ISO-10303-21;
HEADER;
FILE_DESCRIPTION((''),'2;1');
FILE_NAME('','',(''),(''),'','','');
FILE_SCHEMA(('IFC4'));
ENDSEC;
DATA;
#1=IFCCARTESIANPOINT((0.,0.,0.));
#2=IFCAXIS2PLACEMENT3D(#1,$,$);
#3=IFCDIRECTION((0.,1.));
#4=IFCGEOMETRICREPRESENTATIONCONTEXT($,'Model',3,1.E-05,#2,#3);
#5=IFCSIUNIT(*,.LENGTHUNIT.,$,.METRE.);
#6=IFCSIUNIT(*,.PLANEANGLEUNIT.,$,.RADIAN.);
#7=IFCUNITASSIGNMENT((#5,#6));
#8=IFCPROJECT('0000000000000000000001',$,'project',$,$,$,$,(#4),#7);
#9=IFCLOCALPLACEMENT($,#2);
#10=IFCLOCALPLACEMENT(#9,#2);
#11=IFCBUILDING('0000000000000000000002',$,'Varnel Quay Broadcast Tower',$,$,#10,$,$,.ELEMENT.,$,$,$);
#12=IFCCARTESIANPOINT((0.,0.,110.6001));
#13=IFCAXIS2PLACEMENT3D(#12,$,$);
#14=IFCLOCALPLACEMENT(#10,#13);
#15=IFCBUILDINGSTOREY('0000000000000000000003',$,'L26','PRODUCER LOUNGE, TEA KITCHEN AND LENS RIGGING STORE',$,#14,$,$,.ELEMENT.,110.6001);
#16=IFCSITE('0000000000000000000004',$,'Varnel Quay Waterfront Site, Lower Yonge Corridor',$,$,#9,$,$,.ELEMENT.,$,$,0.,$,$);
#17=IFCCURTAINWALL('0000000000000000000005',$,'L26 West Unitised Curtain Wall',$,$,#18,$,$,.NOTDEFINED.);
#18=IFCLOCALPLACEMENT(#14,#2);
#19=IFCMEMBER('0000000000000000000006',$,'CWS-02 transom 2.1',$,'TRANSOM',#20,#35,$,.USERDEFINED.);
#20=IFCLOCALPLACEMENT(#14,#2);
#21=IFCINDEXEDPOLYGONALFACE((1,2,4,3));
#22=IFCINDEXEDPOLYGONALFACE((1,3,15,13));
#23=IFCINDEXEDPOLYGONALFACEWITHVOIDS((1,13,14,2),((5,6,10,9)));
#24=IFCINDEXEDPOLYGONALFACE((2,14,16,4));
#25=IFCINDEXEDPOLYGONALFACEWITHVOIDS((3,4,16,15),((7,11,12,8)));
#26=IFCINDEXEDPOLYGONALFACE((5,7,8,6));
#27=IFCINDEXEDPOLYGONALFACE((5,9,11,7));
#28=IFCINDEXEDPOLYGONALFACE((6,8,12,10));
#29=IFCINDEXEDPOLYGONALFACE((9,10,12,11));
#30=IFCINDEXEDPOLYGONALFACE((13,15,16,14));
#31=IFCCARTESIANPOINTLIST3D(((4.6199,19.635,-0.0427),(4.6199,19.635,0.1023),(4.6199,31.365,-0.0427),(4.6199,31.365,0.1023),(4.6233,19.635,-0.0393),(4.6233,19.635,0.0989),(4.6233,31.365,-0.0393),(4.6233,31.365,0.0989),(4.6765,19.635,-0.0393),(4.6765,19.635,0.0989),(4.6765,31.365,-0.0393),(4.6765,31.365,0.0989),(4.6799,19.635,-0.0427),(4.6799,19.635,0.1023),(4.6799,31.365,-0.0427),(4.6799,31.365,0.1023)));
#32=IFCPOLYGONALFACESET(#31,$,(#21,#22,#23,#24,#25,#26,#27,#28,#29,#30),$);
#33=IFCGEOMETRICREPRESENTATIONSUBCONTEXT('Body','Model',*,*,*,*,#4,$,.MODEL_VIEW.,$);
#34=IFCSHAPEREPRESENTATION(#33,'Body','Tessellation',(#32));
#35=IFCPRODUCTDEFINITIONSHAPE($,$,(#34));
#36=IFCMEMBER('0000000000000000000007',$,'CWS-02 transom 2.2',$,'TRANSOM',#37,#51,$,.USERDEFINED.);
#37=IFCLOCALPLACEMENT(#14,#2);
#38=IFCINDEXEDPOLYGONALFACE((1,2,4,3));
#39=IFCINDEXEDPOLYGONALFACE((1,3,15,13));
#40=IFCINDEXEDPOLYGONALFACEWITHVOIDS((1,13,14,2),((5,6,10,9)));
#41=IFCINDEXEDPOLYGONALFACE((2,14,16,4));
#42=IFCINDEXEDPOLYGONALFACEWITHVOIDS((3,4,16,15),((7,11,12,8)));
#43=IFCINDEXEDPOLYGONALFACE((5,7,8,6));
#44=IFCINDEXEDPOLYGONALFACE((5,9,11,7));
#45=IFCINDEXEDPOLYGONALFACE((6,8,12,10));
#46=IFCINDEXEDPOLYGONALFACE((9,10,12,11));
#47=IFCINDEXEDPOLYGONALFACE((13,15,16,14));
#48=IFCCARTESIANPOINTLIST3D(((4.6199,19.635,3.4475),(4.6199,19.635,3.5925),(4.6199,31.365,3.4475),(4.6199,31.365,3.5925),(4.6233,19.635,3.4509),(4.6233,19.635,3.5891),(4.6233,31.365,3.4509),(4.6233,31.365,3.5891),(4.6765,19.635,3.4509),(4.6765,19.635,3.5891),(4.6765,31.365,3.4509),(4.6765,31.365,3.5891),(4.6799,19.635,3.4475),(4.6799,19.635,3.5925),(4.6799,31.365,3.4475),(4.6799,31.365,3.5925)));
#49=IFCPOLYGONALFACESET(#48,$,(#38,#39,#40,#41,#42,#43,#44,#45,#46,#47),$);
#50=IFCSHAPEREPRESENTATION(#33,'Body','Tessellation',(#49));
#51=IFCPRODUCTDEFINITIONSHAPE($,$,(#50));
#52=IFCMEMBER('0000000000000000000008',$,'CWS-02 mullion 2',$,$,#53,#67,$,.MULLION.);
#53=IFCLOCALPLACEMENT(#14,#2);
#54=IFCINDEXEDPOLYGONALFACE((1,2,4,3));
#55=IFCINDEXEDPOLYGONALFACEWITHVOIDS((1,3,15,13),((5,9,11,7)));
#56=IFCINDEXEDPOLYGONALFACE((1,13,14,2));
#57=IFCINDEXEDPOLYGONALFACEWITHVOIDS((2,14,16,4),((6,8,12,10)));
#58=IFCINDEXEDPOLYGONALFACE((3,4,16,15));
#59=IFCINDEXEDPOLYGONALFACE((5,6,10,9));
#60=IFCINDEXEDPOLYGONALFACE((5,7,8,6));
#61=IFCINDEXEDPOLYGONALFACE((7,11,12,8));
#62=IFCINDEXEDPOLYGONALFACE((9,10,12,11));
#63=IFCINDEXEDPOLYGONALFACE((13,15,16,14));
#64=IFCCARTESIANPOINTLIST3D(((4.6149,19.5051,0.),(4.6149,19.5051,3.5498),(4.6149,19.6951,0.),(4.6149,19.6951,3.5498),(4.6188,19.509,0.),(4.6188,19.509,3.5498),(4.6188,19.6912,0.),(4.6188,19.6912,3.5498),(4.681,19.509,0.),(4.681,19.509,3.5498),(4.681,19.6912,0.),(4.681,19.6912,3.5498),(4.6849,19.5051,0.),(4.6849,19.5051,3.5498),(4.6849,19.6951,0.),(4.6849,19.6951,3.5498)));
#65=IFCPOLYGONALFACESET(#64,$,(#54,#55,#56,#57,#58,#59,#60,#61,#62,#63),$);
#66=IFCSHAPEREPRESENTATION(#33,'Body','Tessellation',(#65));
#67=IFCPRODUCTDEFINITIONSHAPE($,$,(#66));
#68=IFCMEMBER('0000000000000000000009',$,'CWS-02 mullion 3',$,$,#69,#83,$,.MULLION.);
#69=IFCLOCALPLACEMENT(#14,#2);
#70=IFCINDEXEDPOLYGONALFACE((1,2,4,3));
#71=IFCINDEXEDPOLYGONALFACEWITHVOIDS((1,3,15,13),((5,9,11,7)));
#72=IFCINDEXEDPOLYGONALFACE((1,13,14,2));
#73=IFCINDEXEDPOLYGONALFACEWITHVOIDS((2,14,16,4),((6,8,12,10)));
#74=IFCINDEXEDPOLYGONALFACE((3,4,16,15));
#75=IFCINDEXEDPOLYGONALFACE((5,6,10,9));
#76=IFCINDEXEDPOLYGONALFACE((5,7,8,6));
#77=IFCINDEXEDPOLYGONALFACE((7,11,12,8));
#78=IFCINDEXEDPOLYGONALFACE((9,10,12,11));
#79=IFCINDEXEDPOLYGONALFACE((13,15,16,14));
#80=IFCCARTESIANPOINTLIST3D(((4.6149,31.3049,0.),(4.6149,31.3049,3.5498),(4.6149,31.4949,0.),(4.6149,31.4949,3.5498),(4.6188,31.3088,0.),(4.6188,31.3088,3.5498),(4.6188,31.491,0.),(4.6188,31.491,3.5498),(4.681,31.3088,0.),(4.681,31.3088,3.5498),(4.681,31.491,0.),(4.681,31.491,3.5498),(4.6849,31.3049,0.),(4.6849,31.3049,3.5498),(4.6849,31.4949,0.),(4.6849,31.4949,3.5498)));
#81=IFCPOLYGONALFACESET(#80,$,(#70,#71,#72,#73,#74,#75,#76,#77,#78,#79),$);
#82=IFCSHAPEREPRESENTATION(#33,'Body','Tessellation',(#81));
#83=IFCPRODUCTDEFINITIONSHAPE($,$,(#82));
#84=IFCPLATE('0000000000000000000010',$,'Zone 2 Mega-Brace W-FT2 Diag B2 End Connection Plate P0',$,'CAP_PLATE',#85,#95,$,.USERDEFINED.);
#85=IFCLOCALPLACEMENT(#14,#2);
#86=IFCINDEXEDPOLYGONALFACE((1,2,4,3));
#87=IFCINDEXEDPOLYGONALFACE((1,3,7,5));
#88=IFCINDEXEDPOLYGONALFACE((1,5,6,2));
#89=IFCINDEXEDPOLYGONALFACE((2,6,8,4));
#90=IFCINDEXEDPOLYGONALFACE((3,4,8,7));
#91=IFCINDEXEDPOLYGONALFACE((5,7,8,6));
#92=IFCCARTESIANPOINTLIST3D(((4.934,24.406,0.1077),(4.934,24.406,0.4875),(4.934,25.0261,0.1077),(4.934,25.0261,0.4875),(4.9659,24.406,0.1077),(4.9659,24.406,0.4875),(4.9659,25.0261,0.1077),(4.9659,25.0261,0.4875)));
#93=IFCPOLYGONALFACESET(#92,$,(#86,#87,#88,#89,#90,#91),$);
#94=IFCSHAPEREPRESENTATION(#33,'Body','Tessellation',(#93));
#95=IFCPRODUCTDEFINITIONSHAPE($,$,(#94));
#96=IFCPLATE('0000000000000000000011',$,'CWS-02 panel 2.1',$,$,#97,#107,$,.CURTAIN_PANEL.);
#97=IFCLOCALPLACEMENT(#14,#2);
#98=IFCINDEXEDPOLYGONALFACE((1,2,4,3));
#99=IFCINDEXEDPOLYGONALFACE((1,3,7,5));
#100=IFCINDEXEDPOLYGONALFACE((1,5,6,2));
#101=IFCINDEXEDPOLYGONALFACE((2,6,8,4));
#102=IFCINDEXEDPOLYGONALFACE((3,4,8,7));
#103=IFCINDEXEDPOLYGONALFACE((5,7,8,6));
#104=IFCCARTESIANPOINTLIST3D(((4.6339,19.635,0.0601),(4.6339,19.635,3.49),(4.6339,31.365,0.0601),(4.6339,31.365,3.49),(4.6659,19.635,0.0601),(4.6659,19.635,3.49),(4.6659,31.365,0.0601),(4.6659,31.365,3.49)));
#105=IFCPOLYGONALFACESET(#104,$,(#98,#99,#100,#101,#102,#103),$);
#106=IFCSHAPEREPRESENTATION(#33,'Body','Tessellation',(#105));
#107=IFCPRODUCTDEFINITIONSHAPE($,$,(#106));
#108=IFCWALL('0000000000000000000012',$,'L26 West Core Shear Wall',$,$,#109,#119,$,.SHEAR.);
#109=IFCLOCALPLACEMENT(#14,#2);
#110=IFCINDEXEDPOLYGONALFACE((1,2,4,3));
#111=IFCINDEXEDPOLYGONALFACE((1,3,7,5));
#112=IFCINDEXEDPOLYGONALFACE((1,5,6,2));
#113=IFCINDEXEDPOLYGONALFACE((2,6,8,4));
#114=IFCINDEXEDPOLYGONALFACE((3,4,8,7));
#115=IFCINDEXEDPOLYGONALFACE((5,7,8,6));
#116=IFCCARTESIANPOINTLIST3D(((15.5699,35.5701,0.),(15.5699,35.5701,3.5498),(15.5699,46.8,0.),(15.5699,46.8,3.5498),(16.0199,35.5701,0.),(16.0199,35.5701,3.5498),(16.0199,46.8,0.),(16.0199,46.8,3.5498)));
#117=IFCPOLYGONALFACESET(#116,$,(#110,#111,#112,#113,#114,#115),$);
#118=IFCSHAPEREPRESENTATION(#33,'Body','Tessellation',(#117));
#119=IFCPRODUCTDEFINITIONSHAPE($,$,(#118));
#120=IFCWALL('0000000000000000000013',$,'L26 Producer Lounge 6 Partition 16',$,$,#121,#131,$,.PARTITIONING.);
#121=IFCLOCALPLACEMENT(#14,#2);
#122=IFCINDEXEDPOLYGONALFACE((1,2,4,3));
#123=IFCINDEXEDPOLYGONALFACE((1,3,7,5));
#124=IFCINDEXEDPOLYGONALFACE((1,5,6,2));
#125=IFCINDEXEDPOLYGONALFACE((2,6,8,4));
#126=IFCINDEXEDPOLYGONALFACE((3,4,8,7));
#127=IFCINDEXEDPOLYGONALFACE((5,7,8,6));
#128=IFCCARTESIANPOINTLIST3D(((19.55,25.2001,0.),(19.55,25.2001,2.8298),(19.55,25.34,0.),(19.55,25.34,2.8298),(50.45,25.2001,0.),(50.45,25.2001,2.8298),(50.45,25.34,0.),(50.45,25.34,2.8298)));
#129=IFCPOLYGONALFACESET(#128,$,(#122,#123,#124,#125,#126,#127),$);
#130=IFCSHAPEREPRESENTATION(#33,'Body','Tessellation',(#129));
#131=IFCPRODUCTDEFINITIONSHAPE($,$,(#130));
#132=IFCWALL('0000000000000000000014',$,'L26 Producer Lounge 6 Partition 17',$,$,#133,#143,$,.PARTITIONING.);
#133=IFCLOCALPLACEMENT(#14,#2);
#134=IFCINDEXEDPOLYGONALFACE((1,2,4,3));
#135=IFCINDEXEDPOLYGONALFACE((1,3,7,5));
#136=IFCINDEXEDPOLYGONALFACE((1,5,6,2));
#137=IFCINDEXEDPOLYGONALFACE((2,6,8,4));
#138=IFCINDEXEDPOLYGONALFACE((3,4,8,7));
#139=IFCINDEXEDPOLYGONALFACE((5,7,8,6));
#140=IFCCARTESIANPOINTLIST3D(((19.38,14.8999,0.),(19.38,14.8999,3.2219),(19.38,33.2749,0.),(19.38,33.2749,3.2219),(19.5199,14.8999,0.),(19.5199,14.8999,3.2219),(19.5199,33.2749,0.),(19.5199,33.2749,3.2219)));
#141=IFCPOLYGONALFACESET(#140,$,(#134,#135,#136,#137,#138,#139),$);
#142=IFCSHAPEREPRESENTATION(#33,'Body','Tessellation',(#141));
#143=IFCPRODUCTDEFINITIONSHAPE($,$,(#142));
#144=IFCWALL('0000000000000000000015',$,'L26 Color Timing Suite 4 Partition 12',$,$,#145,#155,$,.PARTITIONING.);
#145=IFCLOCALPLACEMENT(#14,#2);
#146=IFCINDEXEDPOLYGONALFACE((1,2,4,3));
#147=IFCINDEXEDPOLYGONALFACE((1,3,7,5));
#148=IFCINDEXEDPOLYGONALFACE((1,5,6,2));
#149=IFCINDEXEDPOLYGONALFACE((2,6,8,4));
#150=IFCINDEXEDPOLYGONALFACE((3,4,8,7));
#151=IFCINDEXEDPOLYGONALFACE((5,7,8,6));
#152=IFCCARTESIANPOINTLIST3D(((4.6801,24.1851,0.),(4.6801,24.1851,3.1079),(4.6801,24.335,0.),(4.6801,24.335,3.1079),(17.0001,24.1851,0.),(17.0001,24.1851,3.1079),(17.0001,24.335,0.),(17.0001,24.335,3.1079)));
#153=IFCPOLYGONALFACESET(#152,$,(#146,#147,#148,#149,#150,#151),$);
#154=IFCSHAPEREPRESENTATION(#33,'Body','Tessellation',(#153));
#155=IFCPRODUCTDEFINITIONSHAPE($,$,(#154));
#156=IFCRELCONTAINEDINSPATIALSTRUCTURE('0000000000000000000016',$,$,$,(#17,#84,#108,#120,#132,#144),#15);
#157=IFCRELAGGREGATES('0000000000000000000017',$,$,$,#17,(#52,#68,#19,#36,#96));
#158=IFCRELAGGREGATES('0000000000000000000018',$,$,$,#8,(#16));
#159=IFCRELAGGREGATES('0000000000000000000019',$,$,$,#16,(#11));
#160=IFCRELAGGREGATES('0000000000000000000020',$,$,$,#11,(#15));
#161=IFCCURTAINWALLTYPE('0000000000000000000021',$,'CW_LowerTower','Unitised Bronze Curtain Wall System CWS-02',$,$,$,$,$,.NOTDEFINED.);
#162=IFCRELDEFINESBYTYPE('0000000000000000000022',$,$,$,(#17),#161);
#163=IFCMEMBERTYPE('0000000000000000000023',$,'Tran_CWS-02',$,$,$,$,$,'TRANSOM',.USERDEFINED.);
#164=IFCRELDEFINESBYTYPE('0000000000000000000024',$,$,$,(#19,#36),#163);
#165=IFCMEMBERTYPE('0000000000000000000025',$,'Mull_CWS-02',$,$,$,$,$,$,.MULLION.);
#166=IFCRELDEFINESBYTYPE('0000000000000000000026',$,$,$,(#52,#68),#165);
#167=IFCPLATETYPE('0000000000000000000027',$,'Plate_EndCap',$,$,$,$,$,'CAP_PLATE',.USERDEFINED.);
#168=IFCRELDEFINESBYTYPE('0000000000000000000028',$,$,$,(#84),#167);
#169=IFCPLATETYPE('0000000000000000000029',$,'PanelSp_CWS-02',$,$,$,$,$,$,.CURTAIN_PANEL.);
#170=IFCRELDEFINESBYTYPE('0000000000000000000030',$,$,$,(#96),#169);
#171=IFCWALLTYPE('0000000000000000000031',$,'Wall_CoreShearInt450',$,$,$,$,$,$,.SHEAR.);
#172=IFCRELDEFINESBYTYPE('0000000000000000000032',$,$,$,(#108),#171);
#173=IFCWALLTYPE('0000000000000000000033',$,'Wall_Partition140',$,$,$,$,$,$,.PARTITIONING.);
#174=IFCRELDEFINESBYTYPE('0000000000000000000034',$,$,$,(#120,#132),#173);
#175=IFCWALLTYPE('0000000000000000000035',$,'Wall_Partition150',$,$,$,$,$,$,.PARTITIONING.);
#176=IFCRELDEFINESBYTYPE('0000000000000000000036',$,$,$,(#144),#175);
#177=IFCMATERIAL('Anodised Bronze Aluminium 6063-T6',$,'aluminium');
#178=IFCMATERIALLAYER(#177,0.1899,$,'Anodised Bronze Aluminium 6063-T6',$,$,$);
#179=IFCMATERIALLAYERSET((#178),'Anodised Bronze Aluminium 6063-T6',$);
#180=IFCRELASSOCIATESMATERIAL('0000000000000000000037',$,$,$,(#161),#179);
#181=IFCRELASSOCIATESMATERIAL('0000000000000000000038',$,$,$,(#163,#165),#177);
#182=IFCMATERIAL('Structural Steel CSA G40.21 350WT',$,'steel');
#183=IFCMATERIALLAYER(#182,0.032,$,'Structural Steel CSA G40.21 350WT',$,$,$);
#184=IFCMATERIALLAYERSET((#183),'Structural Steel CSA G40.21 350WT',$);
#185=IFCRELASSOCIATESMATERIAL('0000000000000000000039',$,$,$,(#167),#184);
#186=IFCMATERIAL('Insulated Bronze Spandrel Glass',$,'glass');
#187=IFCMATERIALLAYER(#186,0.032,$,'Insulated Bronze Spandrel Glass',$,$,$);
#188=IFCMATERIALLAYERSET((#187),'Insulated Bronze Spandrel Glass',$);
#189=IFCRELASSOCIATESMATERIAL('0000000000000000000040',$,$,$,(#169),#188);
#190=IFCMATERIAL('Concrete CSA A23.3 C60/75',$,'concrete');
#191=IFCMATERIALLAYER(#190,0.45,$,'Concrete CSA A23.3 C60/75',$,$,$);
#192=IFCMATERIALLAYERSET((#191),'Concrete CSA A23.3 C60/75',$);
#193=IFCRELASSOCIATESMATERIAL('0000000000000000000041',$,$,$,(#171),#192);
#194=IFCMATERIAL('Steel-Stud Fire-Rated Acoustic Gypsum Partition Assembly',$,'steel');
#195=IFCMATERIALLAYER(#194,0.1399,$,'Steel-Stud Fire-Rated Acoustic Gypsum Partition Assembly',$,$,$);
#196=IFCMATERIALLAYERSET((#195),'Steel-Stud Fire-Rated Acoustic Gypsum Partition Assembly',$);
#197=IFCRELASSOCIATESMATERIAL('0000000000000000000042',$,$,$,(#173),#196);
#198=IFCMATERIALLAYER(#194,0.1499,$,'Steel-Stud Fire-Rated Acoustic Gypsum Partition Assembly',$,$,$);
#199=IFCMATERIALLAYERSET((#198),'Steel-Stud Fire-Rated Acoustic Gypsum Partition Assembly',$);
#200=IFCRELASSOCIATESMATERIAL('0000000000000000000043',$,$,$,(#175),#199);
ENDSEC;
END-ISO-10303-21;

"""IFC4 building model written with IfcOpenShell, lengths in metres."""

from ifc_helpers import new_model, si_unit, direction, frame, frame_2d, origin, origin_2d, place, context, subcontext, project, spatial, rectangle, hollow_rectangle, extrude, source, transform, mapped, material, layer, layer_set, material_profile, profile_set, type_object, type_shapes, element, aggregate, save


model = new_model("IFC4")

# Units and contexts
model_context = context("Model", 3, precision=1e-05, world=origin(), true_north=direction((0.0, 1.0)))
body_context = subcontext(model_context, "Body", "Model", "MODEL_VIEW")
ifc_project = project(units=[si_unit("LENGTHUNIT", "METRE"), si_unit("PLANEANGLEUNIT", "RADIAN")], contexts=[model_context])

# Site, building, storey
site_placement = place(None, origin())
site = spatial("IfcSite", under=ifc_project, at=site_placement, Name="Varnel Quay Waterfront Site, Lower Yonge Corridor", CompositionType="ELEMENT", RefElevation=0.0)
building_placement = place(site_placement, origin())
building = spatial("IfcBuilding", under=site, at=building_placement, Name="Varnel Quay Broadcast Tower", CompositionType="ELEMENT")
storey_placement = place(building_placement, frame((0.0, 0.0, 110.6001)))
storey = spatial("IfcBuildingStorey", under=building, at=storey_placement, Name="L26", Description="PRODUCER LOUNGE, TEA KITCHEN AND LENS RIGGING STORE", CompositionType="ELEMENT", Elevation=110.6001)

# Shared definitions
ifc_material_1 = material(Name="Structural Steel CSA G40.21 350WT", Category="steel")

# Curtain wall, members
ifc_material_2 = material(Name="Anodised Bronze Aluminium 6063-T6", Category="aluminium")
ifc_layer_1 = layer(ifc_material_2, 0.1899, Name="Anodised Bronze Aluminium 6063-T6")
ifc_layer_set_1 = layer_set([ifc_layer_1], Name="Anodised Bronze Aluminium 6063-T6")
curtain_wall_type = type_object("IfcCurtainWallType", Name="CW_LowerTower", Description="Unitised Bronze Curtain Wall System CWS-02", PredefinedType="NOTDEFINED", material=ifc_layer_set_1)
curtain_wall_placement = place(storey_placement, origin())
curtain_wall = element("IfcCurtainWall", 1, at=curtain_wall_placement, inside=storey, type_object=curtain_wall_type, Name="L26 West Unitised Curtain Wall", PredefinedType="NOTDEFINED")
ifc_material_profile_1 = material_profile(ifc_material_2, hollow_rectangle(XDim=0.0601, YDim=0.145, WallThickness=0.0034, at=origin_2d()), Name="ALU60X145X3.5")
ifc_profile_set_1 = profile_set([ifc_material_profile_1], Name="Anodised Bronze Aluminium 6063-T6")
member_type_1 = type_object("IfcMemberType", Name="Tran_CWS-02", ElementType="TRANSOM", PredefinedType="USERDEFINED", material=ifc_profile_set_1)
shared_shape_1 = source(origin(), body_context, "Body", "SweptSolid", [
    extrude(hollow_rectangle(XDim=0.0601, YDim=0.145, WallThickness=0.0034, at=origin_2d()), origin(), (0.0, 0.0, 1.0), 11.73),
])
member_1_placement = place(storey_placement, frame((4.6499, 19.635, 0.0298), z_axis=(0.0, 1.0, 0.0), x_axis=(-1.0, 0.0, 0.0)))
member_1 = element("IfcMember", 2, at=member_1_placement, type_object=member_type_1, Name="CWS-02 transom 2.1", ObjectType="TRANSOM", PredefinedType="USERDEFINED", context=body_context, shape_type="MappedRepresentation", body=[
    mapped(shared_shape_1, transform((0.0, 0.0, 0.0), x_axis=(1.0, 0.0, 0.0), y_axis=(0.0, 1.0, 0.0), z_axis=(0.0, 0.0, 1.0), scale=1.0)),
])
member_2_placement = place(storey_placement, frame((4.6499, 19.635, 3.52), z_axis=(0.0, 1.0, 0.0), x_axis=(-1.0, 0.0, 0.0)))
member_2 = element("IfcMember", 3, at=member_2_placement, type_object=member_type_1, Name="CWS-02 transom 2.2", ObjectType="TRANSOM", PredefinedType="USERDEFINED", context=body_context, shape_type="MappedRepresentation", body=[
    mapped(shared_shape_1, transform((0.0, 0.0, 0.0), x_axis=(1.0, 0.0, 0.0), y_axis=(0.0, 1.0, 0.0), z_axis=(0.0, 0.0, 1.0), scale=1.0)),
])
ifc_material_profile_2 = material_profile(ifc_material_2, hollow_rectangle(XDim=0.0701, YDim=0.1899, WallThickness=0.0039, at=origin_2d()), Name="ALU70X190X4")
ifc_profile_set_2 = profile_set([ifc_material_profile_2], Name="Anodised Bronze Aluminium 6063-T6")
member_type_2 = type_object("IfcMemberType", Name="Mull_CWS-02", PredefinedType="MULLION", material=ifc_profile_set_2)
shared_shape_2 = source(origin(), body_context, "Body", "SweptSolid", [
    extrude(hollow_rectangle(XDim=0.0701, YDim=0.1899, WallThickness=0.0039, at=origin_2d()), origin(), (0.0, 0.0, 1.0), 3.5498),
])
type_shapes(member_type_2, [shared_shape_2])
member_3_placement = place(storey_placement, frame((4.6499, 19.6001, 0.0), z_axis=(0.0, 0.0, 1.0), x_axis=(-1.0, 0.0, 0.0)))
member_3 = element("IfcMember", 4, at=member_3_placement, type_object=member_type_2, Name="CWS-02 mullion 2", PredefinedType="MULLION", context=body_context, shape_type="MappedRepresentation", body=[
    mapped(shared_shape_2, transform((0.0, 0.0, 0.0), x_axis=(1.0, 0.0, 0.0), y_axis=(0.0, 1.0, 0.0), z_axis=(0.0, 0.0, 1.0), scale=1.0)),
])
member_4_placement = place(storey_placement, frame((4.6499, 31.3999, 0.0), z_axis=(0.0, 0.0, 1.0), x_axis=(-1.0, 0.0, 0.0)))
member_4 = element("IfcMember", 5, at=member_4_placement, type_object=member_type_2, Name="CWS-02 mullion 3", PredefinedType="MULLION", context=body_context, shape_type="MappedRepresentation", body=[
    mapped(shared_shape_2, transform((0.0, 0.0, 0.0), x_axis=(1.0, 0.0, 0.0), y_axis=(0.0, 1.0, 0.0), z_axis=(0.0, 0.0, 1.0), scale=1.0)),
])

# Plates
ifc_layer_2 = layer(ifc_material_1, 0.032, Name="Structural Steel CSA G40.21 350WT")
ifc_layer_set_2 = layer_set([ifc_layer_2], Name="Structural Steel CSA G40.21 350WT")
plate_type_1 = type_object("IfcPlateType", Name="Plate_EndCap", ElementType="CAP_PLATE", PredefinedType="USERDEFINED", material=ifc_layer_set_2)
shared_shape_3 = source(origin(), body_context, "Body", "SweptSolid", [
    extrude(rectangle(XDim=0.6201, YDim=0.032, at=origin_2d()), origin(), (0.0, 0.0, 1.0), 0.3799),
])
type_shapes(plate_type_1, [shared_shape_3])
plate_1_placement = place(storey_placement, frame((4.95, 24.7161, 0.1077), z_axis=(0.0, 0.0, 1.0), x_axis=(0.0, 1.0, 0.0)))
element("IfcPlate", 6, at=plate_1_placement, inside=storey, type_object=plate_type_1, Name="Zone 2 Mega-Brace W-FT2 Diag B2 End Connection Plate P0", ObjectType="CAP_PLATE", PredefinedType="USERDEFINED", context=body_context, shape_type="MappedRepresentation", body=[
    mapped(shared_shape_3, transform((0.0, 0.0, 0.0), x_axis=(1.0, 0.0, 0.0), y_axis=(0.0, 1.0, 0.0), z_axis=(0.0, 0.0, 1.0), scale=1.0)),
])
ifc_material_3 = material(Name="Insulated Bronze Spandrel Glass", Category="glass")
ifc_layer_3 = layer(ifc_material_3, 0.032, Name="Insulated Bronze Spandrel Glass")
ifc_layer_set_3 = layer_set([ifc_layer_3], Name="Insulated Bronze Spandrel Glass")
plate_type_2 = type_object("IfcPlateType", Name="PanelSp_CWS-02", PredefinedType="CURTAIN_PANEL", material=ifc_layer_set_3)
shared_shape_4 = source(origin(), body_context, "Body", "SweptSolid", [
    extrude(rectangle(XDim=11.73, YDim=0.032, at=origin_2d()), origin(), (0.0, 0.0, 1.0), 3.4299),
])
type_shapes(plate_type_2, [shared_shape_4])
plate_2_placement = place(storey_placement, frame((4.6499, 25.5, 0.0601), z_axis=(0.0, 0.0, 1.0), x_axis=(0.0, 1.0, 0.0)))
plate_2 = element("IfcPlate", 7, at=plate_2_placement, type_object=plate_type_2, Name="CWS-02 panel 2.1", PredefinedType="CURTAIN_PANEL", context=body_context, shape_type="MappedRepresentation", body=[
    mapped(shared_shape_4, transform((0.0, 0.0, 0.0), x_axis=(1.0, 0.0, 0.0), y_axis=(0.0, 1.0, 0.0), z_axis=(0.0, 0.0, 1.0), scale=1.0)),
])
aggregate(curtain_wall, [member_3, member_4, member_1, member_2, plate_2])

# Walls
ifc_material_4 = material(Name="Concrete CSA A23.3 C60/75", Category="concrete")
ifc_layer_4 = layer(ifc_material_4, 0.45, Name="Concrete CSA A23.3 C60/75")
ifc_layer_set_4 = layer_set([ifc_layer_4], Name="Concrete CSA A23.3 C60/75")
wall_type_1 = type_object("IfcWallType", Name="Wall_CoreShearInt450", PredefinedType="SHEAR", material=ifc_layer_set_4)
wall_1_placement = place(storey_placement, frame((15.7949, 35.5701, 0.0), z_axis=(0.0, 0.0, 1.0), x_axis=(0.0, 1.0, 0.0)))
element("IfcWall", 8, at=wall_1_placement, inside=storey, type_object=wall_type_1, Name="L26 West Core Shear Wall", PredefinedType="SHEAR", context=body_context, shape_type="SweptSolid", body=[
    extrude(rectangle(XDim=11.23, YDim=0.45, at=frame_2d((5.615, 0.0))), origin(), (0.0, 0.0, 1.0), 3.5498),
])
ifc_material_5 = material(Name="Steel-Stud Fire-Rated Acoustic Gypsum Partition Assembly", Category="steel")
ifc_layer_5 = layer(ifc_material_5, 0.1399, Name="Steel-Stud Fire-Rated Acoustic Gypsum Partition Assembly")
ifc_layer_set_5 = layer_set([ifc_layer_5], Name="Steel-Stud Fire-Rated Acoustic Gypsum Partition Assembly")
wall_type_2 = type_object("IfcWallType", Name="Wall_Partition140", PredefinedType="PARTITIONING", material=ifc_layer_set_5)
wall_2_placement = place(storey_placement, frame((19.55, 25.27, 0.0), z_axis=(0.0, 0.0, 1.0), x_axis=(1.0, 0.0, 0.0)))
element("IfcWall", 9, at=wall_2_placement, inside=storey, type_object=wall_type_2, Name="L26 Producer Lounge 6 Partition 16", PredefinedType="PARTITIONING", context=body_context, shape_type="SweptSolid", body=[
    extrude(rectangle(XDim=30.8999, YDim=0.1399, at=frame_2d((15.45, 0.0))), origin(), (0.0, 0.0, 1.0), 2.8298),
])
wall_3_placement = place(storey_placement, frame((19.45, 14.8999, 0.0), z_axis=(0.0, 0.0, 1.0), x_axis=(0.0, 1.0, 0.0)))
element("IfcWall", 10, at=wall_3_placement, inside=storey, type_object=wall_type_2, Name="L26 Producer Lounge 6 Partition 17", PredefinedType="PARTITIONING", context=body_context, shape_type="SweptSolid", body=[
    extrude(rectangle(XDim=18.375, YDim=0.1399, at=frame_2d((9.1875, 0.0))), origin(), (0.0, 0.0, 1.0), 3.2219),
])
ifc_layer_6 = layer(ifc_material_5, 0.1499, Name="Steel-Stud Fire-Rated Acoustic Gypsum Partition Assembly")
ifc_layer_set_6 = layer_set([ifc_layer_6], Name="Steel-Stud Fire-Rated Acoustic Gypsum Partition Assembly")
wall_type_3 = type_object("IfcWallType", Name="Wall_Partition150", PredefinedType="PARTITIONING", material=ifc_layer_set_6)
wall_4_placement = place(storey_placement, frame((4.6799, 24.26, 0.0), z_axis=(0.0, 0.0, 1.0), x_axis=(1.0, 0.0, 0.0)))
element("IfcWall", 11, at=wall_4_placement, inside=storey, type_object=wall_type_3, Name="L26 Color Timing Suite 4 Partition 12", PredefinedType="PARTITIONING", context=body_context, shape_type="SweptSolid", body=[
    extrude(rectangle(XDim=12.3201, YDim=0.1499, at=frame_2d((6.1602, 0.0))), origin(), (0.0, 0.0, 1.0), 3.1079),
])

save(model, "model.ifc")
